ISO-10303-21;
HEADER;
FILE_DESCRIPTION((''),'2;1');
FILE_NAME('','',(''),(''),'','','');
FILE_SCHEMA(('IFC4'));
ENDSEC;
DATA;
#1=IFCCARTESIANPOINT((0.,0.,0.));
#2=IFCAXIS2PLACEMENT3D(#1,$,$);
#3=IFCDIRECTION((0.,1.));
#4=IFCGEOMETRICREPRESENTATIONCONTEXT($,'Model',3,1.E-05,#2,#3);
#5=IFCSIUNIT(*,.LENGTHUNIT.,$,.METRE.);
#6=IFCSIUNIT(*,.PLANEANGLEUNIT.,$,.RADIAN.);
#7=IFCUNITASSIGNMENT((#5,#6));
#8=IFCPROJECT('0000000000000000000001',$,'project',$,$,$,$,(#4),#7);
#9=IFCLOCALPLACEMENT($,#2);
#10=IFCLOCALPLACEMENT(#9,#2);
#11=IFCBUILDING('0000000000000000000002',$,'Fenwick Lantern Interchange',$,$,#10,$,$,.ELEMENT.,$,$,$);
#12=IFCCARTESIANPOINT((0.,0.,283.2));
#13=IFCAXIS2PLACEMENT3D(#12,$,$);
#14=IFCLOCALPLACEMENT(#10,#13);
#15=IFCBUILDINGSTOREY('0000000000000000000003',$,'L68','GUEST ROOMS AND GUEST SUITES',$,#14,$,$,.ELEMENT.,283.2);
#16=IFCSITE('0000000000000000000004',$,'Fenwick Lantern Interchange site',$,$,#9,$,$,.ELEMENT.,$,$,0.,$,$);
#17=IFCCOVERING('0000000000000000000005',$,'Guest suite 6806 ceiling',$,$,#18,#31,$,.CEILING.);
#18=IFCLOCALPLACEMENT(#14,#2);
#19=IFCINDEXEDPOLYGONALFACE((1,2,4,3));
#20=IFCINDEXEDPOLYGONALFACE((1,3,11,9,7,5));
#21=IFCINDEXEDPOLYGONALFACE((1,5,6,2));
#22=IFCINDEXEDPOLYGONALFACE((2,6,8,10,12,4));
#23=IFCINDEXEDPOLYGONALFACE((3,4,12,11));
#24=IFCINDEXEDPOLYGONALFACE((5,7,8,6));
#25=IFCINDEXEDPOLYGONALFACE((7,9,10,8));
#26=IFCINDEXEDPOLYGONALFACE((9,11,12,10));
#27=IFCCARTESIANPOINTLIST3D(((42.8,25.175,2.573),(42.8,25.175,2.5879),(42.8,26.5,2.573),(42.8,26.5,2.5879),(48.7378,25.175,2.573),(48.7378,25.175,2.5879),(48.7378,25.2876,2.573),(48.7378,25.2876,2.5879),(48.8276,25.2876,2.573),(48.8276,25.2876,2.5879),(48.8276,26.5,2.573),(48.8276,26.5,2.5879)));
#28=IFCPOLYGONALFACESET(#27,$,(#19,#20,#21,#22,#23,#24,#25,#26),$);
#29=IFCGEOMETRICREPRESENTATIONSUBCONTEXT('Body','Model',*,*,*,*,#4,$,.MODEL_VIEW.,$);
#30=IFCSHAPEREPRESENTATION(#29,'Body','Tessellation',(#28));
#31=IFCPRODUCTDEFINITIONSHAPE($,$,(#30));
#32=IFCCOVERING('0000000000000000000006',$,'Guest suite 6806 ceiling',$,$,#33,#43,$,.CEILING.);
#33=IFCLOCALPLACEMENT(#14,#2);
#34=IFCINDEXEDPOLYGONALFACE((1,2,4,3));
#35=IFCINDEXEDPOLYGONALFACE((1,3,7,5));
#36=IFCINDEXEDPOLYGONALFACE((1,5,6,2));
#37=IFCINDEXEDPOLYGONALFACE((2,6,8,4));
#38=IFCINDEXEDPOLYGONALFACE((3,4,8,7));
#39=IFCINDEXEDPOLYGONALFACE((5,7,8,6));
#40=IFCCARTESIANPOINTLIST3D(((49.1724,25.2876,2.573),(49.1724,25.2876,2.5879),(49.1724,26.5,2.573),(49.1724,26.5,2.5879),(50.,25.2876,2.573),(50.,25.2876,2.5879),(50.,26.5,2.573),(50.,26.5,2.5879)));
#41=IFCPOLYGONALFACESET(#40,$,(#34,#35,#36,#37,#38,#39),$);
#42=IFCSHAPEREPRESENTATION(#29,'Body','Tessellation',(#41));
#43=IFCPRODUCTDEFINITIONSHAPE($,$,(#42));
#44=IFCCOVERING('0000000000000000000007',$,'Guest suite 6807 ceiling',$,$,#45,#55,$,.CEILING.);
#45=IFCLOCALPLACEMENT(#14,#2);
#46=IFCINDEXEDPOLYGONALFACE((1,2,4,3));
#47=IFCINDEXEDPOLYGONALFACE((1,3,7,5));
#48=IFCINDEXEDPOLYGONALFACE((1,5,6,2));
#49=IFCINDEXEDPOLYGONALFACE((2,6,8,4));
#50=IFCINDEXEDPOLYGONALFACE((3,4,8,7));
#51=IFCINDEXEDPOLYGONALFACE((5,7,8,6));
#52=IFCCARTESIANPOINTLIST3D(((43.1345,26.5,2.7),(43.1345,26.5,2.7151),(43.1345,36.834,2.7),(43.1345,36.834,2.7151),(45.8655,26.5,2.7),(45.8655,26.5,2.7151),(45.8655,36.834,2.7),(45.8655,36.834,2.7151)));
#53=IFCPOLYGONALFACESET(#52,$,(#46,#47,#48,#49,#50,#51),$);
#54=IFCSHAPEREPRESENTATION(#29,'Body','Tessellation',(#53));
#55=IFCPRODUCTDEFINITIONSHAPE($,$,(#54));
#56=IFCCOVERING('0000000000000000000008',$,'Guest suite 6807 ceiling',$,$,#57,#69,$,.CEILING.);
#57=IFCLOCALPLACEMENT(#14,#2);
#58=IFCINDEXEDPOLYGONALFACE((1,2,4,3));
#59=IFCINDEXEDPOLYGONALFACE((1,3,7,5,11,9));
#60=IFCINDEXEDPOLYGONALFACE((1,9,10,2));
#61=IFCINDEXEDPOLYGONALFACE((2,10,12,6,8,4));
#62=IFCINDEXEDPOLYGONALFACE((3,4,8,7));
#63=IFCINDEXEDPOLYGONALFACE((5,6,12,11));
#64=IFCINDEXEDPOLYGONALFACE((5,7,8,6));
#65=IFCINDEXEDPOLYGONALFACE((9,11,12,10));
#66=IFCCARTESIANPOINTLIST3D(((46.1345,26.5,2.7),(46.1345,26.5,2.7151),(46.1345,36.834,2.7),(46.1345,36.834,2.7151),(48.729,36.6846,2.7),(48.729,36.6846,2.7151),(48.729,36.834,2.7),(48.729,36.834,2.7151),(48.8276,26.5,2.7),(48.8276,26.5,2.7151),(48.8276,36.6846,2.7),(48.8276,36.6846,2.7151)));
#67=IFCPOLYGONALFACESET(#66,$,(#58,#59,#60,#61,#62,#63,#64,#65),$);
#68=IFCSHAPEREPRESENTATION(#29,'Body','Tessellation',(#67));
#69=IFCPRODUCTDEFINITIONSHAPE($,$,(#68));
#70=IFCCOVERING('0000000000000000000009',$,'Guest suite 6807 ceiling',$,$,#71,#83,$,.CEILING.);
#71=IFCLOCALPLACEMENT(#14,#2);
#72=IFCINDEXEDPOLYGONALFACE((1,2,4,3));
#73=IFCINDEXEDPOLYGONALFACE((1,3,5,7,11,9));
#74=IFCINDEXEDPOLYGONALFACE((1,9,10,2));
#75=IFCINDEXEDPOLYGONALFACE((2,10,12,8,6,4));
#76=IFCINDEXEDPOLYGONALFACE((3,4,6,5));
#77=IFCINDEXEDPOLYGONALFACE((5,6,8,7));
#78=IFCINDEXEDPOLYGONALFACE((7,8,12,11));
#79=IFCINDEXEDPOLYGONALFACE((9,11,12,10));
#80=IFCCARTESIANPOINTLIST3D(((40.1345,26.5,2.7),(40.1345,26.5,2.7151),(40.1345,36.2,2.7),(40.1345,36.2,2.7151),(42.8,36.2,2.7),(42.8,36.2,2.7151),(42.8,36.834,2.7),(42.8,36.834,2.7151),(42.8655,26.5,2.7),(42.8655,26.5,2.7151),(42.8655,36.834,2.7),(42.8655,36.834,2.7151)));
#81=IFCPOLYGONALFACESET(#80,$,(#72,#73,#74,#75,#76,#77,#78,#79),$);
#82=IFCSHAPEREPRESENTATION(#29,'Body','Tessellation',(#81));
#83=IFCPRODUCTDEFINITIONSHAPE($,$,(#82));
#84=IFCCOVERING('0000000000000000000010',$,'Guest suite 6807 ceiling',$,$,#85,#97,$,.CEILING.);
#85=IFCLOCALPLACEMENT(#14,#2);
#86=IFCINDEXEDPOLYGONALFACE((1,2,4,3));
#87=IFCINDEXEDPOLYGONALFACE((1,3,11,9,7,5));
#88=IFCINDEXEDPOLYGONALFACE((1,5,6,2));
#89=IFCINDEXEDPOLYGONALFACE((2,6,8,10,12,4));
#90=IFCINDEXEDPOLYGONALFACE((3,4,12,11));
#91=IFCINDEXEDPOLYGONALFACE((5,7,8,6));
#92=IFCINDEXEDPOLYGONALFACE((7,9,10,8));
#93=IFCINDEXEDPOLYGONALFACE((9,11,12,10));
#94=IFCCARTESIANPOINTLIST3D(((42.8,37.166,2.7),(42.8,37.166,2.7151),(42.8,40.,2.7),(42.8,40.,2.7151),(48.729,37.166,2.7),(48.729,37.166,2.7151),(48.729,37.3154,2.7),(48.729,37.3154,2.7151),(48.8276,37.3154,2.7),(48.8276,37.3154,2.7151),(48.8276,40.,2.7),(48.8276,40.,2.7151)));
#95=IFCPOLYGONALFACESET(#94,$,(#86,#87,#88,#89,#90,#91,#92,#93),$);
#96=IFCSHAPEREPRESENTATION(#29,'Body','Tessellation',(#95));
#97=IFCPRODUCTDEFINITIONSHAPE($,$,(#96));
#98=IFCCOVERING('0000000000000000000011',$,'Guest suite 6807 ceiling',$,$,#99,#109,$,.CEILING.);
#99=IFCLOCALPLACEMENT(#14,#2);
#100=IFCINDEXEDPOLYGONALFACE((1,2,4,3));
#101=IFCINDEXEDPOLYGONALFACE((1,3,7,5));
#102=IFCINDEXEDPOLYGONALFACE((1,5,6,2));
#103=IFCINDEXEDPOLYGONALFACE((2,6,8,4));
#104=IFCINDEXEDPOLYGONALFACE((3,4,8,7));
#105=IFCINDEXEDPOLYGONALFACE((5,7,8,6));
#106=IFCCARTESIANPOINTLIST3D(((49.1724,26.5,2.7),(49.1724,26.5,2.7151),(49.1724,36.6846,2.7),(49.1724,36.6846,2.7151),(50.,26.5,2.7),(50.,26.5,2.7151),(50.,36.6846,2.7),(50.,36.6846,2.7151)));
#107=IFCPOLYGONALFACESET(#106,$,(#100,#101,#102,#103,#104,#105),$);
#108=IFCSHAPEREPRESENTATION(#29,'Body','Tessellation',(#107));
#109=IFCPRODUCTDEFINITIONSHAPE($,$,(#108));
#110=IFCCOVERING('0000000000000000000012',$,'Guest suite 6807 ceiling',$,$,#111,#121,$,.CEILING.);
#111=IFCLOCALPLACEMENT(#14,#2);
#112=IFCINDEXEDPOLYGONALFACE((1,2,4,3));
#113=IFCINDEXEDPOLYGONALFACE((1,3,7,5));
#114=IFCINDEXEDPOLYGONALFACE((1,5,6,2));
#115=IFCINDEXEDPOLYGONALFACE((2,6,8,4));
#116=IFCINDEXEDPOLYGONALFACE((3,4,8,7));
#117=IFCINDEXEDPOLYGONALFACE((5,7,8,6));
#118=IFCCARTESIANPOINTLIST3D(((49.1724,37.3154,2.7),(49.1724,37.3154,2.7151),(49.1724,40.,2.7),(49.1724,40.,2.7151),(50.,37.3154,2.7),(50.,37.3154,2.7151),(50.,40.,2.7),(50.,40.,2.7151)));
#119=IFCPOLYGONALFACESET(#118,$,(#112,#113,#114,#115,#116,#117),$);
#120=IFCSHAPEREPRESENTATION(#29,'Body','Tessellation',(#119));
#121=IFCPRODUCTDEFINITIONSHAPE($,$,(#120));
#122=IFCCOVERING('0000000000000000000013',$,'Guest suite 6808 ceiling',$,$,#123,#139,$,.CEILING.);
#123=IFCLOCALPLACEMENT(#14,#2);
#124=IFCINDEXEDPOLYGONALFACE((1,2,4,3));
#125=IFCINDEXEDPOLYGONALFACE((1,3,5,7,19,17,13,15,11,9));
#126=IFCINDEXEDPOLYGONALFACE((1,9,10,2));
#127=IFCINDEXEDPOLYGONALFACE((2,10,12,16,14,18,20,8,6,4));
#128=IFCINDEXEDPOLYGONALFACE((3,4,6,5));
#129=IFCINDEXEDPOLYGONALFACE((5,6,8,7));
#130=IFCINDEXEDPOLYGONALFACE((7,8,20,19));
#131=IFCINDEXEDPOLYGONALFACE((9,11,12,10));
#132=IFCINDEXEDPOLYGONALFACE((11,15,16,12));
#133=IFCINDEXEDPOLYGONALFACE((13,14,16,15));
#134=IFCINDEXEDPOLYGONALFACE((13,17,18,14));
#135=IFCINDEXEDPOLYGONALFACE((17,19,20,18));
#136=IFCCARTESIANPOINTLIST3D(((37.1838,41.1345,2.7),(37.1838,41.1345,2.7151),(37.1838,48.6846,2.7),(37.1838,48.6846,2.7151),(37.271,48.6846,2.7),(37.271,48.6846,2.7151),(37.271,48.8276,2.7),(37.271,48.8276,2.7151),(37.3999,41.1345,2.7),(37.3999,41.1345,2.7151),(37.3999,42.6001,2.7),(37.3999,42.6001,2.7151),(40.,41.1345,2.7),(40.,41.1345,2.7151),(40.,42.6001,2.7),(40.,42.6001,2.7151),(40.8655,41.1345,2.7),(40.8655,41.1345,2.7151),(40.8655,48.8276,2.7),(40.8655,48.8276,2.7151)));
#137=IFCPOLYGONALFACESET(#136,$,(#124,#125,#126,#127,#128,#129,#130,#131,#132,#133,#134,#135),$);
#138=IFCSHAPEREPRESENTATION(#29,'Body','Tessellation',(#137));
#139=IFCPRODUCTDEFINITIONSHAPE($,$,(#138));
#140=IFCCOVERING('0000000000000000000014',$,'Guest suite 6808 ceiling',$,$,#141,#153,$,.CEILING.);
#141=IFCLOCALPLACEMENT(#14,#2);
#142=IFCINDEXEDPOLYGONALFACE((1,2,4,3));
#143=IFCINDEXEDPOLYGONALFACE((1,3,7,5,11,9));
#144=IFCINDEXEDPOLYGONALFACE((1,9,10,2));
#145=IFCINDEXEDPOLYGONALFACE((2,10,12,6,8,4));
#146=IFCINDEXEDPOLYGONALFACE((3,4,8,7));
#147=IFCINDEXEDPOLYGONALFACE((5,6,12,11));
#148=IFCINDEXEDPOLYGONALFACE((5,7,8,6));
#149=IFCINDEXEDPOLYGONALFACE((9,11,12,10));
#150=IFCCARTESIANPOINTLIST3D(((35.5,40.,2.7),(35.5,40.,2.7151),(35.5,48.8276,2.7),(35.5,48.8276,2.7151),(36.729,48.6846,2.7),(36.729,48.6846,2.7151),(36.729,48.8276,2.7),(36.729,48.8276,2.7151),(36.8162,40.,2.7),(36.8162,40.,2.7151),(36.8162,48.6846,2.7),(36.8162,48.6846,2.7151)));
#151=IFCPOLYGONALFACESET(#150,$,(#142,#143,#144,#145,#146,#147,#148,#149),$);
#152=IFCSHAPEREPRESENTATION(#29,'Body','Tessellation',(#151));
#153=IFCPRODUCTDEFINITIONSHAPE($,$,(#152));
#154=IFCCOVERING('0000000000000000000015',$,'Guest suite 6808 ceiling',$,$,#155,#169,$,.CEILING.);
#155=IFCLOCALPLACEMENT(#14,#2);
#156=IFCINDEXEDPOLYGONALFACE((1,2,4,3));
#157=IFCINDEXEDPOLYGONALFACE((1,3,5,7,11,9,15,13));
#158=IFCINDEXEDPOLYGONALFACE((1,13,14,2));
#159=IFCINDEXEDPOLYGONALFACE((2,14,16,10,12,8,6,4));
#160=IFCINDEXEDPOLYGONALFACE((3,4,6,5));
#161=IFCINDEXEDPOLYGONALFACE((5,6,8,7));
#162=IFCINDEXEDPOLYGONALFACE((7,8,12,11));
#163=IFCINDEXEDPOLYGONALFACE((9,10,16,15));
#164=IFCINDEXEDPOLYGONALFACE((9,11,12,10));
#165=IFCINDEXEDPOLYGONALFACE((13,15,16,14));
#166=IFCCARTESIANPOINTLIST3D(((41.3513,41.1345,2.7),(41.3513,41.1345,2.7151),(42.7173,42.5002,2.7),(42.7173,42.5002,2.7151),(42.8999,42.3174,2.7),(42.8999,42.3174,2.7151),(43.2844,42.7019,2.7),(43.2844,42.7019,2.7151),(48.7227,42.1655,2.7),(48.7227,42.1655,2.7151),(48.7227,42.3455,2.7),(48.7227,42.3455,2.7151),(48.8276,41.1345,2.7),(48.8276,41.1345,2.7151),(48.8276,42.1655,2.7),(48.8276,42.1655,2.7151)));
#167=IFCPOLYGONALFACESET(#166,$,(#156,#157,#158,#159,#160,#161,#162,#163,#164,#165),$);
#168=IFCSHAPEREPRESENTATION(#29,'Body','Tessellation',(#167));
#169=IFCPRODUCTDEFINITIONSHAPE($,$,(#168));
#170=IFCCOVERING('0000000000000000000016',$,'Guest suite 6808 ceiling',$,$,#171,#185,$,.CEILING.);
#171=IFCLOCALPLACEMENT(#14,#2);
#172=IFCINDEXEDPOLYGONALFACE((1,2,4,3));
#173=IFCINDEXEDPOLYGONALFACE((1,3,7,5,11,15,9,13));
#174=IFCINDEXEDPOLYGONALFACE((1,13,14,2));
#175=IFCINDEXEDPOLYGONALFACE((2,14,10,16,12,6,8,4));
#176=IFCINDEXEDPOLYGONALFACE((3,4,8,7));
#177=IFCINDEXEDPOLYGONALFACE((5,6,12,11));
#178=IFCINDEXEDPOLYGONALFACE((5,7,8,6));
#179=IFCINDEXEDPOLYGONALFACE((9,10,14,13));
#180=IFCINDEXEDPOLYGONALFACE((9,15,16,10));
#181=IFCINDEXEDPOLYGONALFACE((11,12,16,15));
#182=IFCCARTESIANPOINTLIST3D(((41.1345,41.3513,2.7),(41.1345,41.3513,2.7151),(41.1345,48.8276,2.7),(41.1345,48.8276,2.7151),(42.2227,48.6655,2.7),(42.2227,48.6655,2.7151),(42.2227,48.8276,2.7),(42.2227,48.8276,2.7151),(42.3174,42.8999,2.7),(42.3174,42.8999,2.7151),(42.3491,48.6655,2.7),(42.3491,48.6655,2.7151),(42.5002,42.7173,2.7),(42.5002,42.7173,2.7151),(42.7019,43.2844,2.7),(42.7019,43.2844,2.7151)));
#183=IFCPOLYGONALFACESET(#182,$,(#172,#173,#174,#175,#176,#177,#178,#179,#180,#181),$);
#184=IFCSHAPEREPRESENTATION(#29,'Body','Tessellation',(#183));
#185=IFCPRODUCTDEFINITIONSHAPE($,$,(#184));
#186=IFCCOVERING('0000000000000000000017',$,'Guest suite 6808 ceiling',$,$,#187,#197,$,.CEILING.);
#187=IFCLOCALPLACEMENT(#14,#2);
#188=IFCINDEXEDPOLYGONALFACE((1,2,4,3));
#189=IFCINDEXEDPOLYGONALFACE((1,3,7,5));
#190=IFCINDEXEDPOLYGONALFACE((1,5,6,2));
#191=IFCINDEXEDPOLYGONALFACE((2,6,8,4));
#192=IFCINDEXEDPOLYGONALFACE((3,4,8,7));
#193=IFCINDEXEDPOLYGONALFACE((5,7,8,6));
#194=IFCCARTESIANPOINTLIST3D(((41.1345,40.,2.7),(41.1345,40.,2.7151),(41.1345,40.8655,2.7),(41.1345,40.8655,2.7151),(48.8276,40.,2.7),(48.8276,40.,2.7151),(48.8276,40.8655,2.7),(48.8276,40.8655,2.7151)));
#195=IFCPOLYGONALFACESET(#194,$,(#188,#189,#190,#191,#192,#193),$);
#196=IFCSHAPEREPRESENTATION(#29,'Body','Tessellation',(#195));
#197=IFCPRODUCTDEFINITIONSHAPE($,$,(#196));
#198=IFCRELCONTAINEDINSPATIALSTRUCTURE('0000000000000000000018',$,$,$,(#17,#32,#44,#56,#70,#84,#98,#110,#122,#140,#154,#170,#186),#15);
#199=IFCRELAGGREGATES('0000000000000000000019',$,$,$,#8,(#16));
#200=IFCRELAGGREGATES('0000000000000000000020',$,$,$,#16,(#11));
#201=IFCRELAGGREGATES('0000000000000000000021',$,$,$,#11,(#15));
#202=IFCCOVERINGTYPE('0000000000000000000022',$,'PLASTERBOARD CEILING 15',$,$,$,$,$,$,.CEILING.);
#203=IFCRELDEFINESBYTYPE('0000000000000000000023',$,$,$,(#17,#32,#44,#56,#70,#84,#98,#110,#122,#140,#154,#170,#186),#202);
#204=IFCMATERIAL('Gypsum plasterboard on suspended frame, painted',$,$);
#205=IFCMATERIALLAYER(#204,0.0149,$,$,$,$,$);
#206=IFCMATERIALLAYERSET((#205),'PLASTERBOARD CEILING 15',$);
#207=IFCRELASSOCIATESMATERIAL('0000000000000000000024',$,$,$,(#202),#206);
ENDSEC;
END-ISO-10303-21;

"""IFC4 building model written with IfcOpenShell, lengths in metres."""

from ifc_helpers import new_model, si_unit, direction, frame, origin, place, context, subcontext, project, spatial, polyline, outline, extrude, material, layer, layer_set, type_object, element, save


model = new_model("IFC4")

# Units and contexts
model_context = context("Model", 3, precision=1e-05, world=origin(), true_north=direction((0.0, 1.0)))
body_context = subcontext(model_context, "Body", "Model", "MODEL_VIEW")
ifc_project = project(units=[si_unit("LENGTHUNIT", "METRE"), si_unit("PLANEANGLEUNIT", "RADIAN")], contexts=[model_context])

# Site, building, storey
site_placement = place(None, origin())
site = spatial("IfcSite", under=ifc_project, at=site_placement, Name="Fenwick Lantern Interchange site", CompositionType="ELEMENT", RefElevation=0.0)
building_placement = place(site_placement, origin())
building = spatial("IfcBuilding", under=site, at=building_placement, Name="Fenwick Lantern Interchange", CompositionType="ELEMENT")
storey_placement = place(building_placement, frame((0.0, 0.0, 283.2)))
storey = spatial("IfcBuildingStorey", under=building, at=storey_placement, Name="L68", Description="GUEST ROOMS AND GUEST SUITES", CompositionType="ELEMENT", Elevation=283.2)

# Coverings
ifc_material_1 = material(Name="Gypsum plasterboard on suspended frame, painted")
ifc_layer_1 = layer(ifc_material_1, 0.0149)
ifc_layer_set_1 = layer_set([ifc_layer_1], Name="PLASTERBOARD CEILING 15")
covering_type_1 = type_object("IfcCoveringType", Name="PLASTERBOARD CEILING 15", PredefinedType="CEILING", material=ifc_layer_set_1)
covering_1_placement = place(storey_placement, frame((0.0, 0.0, 2.573)))
element("IfcCovering", 1, at=covering_1_placement, inside=storey, type_object=covering_type_1, Name="Guest suite 6806 ceiling", PredefinedType="CEILING", context=body_context, shape_type="SweptSolid", body=[
    extrude(outline(polyline([(48.7378, 25.2876), (48.8276, 25.2876), (48.8276, 26.5), (42.8, 26.5), (42.8, 25.175), (48.7378, 25.175), (48.7378, 25.2876)])), origin(), (0.0, 0.0, 1.0), 0.0149),
])
covering_2_placement = place(storey_placement, frame((0.0, 0.0, 2.573)))
element("IfcCovering", 2, at=covering_2_placement, inside=storey, type_object=covering_type_1, Name="Guest suite 6806 ceiling", PredefinedType="CEILING", context=body_context, shape_type="SweptSolid", body=[
    extrude(outline(polyline([(49.1724, 25.2876), (50.0, 25.2876), (50.0, 26.5), (49.1724, 26.5), (49.1724, 25.2876)])), origin(), (0.0, 0.0, 1.0), 0.0149),
])
covering_3_placement = place(storey_placement, frame((0.0, 0.0, 2.7)))
element("IfcCovering", 3, at=covering_3_placement, inside=storey, type_object=covering_type_1, Name="Guest suite 6807 ceiling", PredefinedType="CEILING", context=body_context, shape_type="SweptSolid", body=[
    extrude(outline(polyline([(43.1345, 26.5), (45.8655, 26.5), (45.8655, 36.834), (43.1345, 36.834), (43.1345, 26.5)])), origin(), (0.0, 0.0, 1.0), 0.0151),
])
covering_4_placement = place(storey_placement, frame((0.0, 0.0, 2.7)))
element("IfcCovering", 4, at=covering_4_placement, inside=storey, type_object=covering_type_1, Name="Guest suite 6807 ceiling", PredefinedType="CEILING", context=body_context, shape_type="SweptSolid", body=[
    extrude(outline(polyline([(48.729, 36.6846), (48.729, 36.834), (46.1345, 36.834), (46.1345, 26.5), (48.8276, 26.5), (48.8276, 36.6846), (48.729, 36.6846)])), origin(), (0.0, 0.0, 1.0), 0.0151),
])
covering_5_placement = place(storey_placement, frame((0.0, 0.0, 2.7)))
element("IfcCovering", 5, at=covering_5_placement, inside=storey, type_object=covering_type_1, Name="Guest suite 6807 ceiling", PredefinedType="CEILING", context=body_context, shape_type="SweptSolid", body=[
    extrude(outline(polyline([(40.1345, 26.5), (42.8655, 26.5), (42.8655, 36.834), (42.8, 36.834), (42.8, 36.2), (40.1345, 36.2), (40.1345, 26.5)])), origin(), (0.0, 0.0, 1.0), 0.0151),
])
covering_6_placement = place(storey_placement, frame((0.0, 0.0, 2.7)))
element("IfcCovering", 6, at=covering_6_placement, inside=storey, type_object=covering_type_1, Name="Guest suite 6807 ceiling", PredefinedType="CEILING", context=body_context, shape_type="SweptSolid", body=[
    extrude(outline(polyline([(48.729, 37.3154), (48.8276, 37.3154), (48.8276, 40.0), (42.8, 40.0), (42.8, 37.166), (48.729, 37.166), (48.729, 37.3154)])), origin(), (0.0, 0.0, 1.0), 0.0151),
])
covering_7_placement = place(storey_placement, frame((0.0, 0.0, 2.7)))
element("IfcCovering", 7, at=covering_7_placement, inside=storey, type_object=covering_type_1, Name="Guest suite 6807 ceiling", PredefinedType="CEILING", context=body_context, shape_type="SweptSolid", body=[
    extrude(outline(polyline([(50.0, 36.6846), (49.1724, 36.6846), (49.1724, 26.5), (50.0, 26.5), (50.0, 36.6846)])), origin(), (0.0, 0.0, 1.0), 0.0151),
])
covering_8_placement = place(storey_placement, frame((0.0, 0.0, 2.7)))
element("IfcCovering", 8, at=covering_8_placement, inside=storey, type_object=covering_type_1, Name="Guest suite 6807 ceiling", PredefinedType="CEILING", context=body_context, shape_type="SweptSolid", body=[
    extrude(outline(polyline([(49.1724, 37.3154), (50.0, 37.3154), (50.0, 40.0), (49.1724, 40.0), (49.1724, 37.3154)])), origin(), (0.0, 0.0, 1.0), 0.0151),
])
covering_9_placement = place(storey_placement, frame((0.0, 0.0, 2.7)))
element("IfcCovering", 9, at=covering_9_placement, inside=storey, type_object=covering_type_1, Name="Guest suite 6808 ceiling", PredefinedType="CEILING", context=body_context, shape_type="SweptSolid", body=[
    extrude(outline(polyline([(40.0, 42.6001), (40.0, 41.1345), (40.8655, 41.1345), (40.8655, 48.8276), (37.271, 48.8276), (37.271, 48.6846), (37.1838, 48.6846), (37.1838, 41.1345), (37.3999, 41.1345), (37.3999, 42.6001), (40.0, 42.6001)])), origin(), (0.0, 0.0, 1.0), 0.0151),
])
covering_10_placement = place(storey_placement, frame((0.0, 0.0, 2.7)))
element("IfcCovering", 10, at=covering_10_placement, inside=storey, type_object=covering_type_1, Name="Guest suite 6808 ceiling", PredefinedType="CEILING", context=body_context, shape_type="SweptSolid", body=[
    extrude(outline(polyline([(35.5, 40.0), (36.8162, 40.0), (36.8162, 48.6846), (36.729, 48.6846), (36.729, 48.8276), (35.5, 48.8276), (35.5, 40.0)])), origin(), (0.0, 0.0, 1.0), 0.0151),
])
covering_11_placement = place(storey_placement, frame((0.0, 0.0, 2.7)))
element("IfcCovering", 11, at=covering_11_placement, inside=storey, type_object=covering_type_1, Name="Guest suite 6808 ceiling", PredefinedType="CEILING", context=body_context, shape_type="SweptSolid", body=[
    extrude(outline(polyline([(42.8999, 42.3174), (42.7173, 42.5002), (41.3513, 41.1345), (48.8276, 41.1345), (48.8276, 42.1655), (48.7227, 42.1655), (48.7227, 42.3455), (43.2844, 42.7019), (42.8999, 42.3174)])), origin(), (0.0, 0.0, 1.0), 0.0151),
])
covering_12_placement = place(storey_placement, frame((0.0, 0.0, 2.7)))
element("IfcCovering", 12, at=covering_12_placement, inside=storey, type_object=covering_type_1, Name="Guest suite 6808 ceiling", PredefinedType="CEILING", context=body_context, shape_type="SweptSolid", body=[
    extrude(outline(polyline([(42.2227, 48.6655), (42.2227, 48.8276), (41.1345, 48.8276), (41.1345, 41.3513), (42.5002, 42.7173), (42.3174, 42.8999), (42.7019, 43.2844), (42.3491, 48.6655), (42.2227, 48.6655)])), origin(), (0.0, 0.0, 1.0), 0.0151),
])
covering_13_placement = place(storey_placement, frame((0.0, 0.0, 2.7)))
element("IfcCovering", 13, at=covering_13_placement, inside=storey, type_object=covering_type_1, Name="Guest suite 6808 ceiling", PredefinedType="CEILING", context=body_context, shape_type="SweptSolid", body=[
    extrude(outline(polyline([(41.1345, 40.0), (48.8276, 40.0), (48.8276, 40.8655), (41.1345, 40.8655), (41.1345, 40.0)])), origin(), (0.0, 0.0, 1.0), 0.0151),
])

save(model, "model.ifc")
